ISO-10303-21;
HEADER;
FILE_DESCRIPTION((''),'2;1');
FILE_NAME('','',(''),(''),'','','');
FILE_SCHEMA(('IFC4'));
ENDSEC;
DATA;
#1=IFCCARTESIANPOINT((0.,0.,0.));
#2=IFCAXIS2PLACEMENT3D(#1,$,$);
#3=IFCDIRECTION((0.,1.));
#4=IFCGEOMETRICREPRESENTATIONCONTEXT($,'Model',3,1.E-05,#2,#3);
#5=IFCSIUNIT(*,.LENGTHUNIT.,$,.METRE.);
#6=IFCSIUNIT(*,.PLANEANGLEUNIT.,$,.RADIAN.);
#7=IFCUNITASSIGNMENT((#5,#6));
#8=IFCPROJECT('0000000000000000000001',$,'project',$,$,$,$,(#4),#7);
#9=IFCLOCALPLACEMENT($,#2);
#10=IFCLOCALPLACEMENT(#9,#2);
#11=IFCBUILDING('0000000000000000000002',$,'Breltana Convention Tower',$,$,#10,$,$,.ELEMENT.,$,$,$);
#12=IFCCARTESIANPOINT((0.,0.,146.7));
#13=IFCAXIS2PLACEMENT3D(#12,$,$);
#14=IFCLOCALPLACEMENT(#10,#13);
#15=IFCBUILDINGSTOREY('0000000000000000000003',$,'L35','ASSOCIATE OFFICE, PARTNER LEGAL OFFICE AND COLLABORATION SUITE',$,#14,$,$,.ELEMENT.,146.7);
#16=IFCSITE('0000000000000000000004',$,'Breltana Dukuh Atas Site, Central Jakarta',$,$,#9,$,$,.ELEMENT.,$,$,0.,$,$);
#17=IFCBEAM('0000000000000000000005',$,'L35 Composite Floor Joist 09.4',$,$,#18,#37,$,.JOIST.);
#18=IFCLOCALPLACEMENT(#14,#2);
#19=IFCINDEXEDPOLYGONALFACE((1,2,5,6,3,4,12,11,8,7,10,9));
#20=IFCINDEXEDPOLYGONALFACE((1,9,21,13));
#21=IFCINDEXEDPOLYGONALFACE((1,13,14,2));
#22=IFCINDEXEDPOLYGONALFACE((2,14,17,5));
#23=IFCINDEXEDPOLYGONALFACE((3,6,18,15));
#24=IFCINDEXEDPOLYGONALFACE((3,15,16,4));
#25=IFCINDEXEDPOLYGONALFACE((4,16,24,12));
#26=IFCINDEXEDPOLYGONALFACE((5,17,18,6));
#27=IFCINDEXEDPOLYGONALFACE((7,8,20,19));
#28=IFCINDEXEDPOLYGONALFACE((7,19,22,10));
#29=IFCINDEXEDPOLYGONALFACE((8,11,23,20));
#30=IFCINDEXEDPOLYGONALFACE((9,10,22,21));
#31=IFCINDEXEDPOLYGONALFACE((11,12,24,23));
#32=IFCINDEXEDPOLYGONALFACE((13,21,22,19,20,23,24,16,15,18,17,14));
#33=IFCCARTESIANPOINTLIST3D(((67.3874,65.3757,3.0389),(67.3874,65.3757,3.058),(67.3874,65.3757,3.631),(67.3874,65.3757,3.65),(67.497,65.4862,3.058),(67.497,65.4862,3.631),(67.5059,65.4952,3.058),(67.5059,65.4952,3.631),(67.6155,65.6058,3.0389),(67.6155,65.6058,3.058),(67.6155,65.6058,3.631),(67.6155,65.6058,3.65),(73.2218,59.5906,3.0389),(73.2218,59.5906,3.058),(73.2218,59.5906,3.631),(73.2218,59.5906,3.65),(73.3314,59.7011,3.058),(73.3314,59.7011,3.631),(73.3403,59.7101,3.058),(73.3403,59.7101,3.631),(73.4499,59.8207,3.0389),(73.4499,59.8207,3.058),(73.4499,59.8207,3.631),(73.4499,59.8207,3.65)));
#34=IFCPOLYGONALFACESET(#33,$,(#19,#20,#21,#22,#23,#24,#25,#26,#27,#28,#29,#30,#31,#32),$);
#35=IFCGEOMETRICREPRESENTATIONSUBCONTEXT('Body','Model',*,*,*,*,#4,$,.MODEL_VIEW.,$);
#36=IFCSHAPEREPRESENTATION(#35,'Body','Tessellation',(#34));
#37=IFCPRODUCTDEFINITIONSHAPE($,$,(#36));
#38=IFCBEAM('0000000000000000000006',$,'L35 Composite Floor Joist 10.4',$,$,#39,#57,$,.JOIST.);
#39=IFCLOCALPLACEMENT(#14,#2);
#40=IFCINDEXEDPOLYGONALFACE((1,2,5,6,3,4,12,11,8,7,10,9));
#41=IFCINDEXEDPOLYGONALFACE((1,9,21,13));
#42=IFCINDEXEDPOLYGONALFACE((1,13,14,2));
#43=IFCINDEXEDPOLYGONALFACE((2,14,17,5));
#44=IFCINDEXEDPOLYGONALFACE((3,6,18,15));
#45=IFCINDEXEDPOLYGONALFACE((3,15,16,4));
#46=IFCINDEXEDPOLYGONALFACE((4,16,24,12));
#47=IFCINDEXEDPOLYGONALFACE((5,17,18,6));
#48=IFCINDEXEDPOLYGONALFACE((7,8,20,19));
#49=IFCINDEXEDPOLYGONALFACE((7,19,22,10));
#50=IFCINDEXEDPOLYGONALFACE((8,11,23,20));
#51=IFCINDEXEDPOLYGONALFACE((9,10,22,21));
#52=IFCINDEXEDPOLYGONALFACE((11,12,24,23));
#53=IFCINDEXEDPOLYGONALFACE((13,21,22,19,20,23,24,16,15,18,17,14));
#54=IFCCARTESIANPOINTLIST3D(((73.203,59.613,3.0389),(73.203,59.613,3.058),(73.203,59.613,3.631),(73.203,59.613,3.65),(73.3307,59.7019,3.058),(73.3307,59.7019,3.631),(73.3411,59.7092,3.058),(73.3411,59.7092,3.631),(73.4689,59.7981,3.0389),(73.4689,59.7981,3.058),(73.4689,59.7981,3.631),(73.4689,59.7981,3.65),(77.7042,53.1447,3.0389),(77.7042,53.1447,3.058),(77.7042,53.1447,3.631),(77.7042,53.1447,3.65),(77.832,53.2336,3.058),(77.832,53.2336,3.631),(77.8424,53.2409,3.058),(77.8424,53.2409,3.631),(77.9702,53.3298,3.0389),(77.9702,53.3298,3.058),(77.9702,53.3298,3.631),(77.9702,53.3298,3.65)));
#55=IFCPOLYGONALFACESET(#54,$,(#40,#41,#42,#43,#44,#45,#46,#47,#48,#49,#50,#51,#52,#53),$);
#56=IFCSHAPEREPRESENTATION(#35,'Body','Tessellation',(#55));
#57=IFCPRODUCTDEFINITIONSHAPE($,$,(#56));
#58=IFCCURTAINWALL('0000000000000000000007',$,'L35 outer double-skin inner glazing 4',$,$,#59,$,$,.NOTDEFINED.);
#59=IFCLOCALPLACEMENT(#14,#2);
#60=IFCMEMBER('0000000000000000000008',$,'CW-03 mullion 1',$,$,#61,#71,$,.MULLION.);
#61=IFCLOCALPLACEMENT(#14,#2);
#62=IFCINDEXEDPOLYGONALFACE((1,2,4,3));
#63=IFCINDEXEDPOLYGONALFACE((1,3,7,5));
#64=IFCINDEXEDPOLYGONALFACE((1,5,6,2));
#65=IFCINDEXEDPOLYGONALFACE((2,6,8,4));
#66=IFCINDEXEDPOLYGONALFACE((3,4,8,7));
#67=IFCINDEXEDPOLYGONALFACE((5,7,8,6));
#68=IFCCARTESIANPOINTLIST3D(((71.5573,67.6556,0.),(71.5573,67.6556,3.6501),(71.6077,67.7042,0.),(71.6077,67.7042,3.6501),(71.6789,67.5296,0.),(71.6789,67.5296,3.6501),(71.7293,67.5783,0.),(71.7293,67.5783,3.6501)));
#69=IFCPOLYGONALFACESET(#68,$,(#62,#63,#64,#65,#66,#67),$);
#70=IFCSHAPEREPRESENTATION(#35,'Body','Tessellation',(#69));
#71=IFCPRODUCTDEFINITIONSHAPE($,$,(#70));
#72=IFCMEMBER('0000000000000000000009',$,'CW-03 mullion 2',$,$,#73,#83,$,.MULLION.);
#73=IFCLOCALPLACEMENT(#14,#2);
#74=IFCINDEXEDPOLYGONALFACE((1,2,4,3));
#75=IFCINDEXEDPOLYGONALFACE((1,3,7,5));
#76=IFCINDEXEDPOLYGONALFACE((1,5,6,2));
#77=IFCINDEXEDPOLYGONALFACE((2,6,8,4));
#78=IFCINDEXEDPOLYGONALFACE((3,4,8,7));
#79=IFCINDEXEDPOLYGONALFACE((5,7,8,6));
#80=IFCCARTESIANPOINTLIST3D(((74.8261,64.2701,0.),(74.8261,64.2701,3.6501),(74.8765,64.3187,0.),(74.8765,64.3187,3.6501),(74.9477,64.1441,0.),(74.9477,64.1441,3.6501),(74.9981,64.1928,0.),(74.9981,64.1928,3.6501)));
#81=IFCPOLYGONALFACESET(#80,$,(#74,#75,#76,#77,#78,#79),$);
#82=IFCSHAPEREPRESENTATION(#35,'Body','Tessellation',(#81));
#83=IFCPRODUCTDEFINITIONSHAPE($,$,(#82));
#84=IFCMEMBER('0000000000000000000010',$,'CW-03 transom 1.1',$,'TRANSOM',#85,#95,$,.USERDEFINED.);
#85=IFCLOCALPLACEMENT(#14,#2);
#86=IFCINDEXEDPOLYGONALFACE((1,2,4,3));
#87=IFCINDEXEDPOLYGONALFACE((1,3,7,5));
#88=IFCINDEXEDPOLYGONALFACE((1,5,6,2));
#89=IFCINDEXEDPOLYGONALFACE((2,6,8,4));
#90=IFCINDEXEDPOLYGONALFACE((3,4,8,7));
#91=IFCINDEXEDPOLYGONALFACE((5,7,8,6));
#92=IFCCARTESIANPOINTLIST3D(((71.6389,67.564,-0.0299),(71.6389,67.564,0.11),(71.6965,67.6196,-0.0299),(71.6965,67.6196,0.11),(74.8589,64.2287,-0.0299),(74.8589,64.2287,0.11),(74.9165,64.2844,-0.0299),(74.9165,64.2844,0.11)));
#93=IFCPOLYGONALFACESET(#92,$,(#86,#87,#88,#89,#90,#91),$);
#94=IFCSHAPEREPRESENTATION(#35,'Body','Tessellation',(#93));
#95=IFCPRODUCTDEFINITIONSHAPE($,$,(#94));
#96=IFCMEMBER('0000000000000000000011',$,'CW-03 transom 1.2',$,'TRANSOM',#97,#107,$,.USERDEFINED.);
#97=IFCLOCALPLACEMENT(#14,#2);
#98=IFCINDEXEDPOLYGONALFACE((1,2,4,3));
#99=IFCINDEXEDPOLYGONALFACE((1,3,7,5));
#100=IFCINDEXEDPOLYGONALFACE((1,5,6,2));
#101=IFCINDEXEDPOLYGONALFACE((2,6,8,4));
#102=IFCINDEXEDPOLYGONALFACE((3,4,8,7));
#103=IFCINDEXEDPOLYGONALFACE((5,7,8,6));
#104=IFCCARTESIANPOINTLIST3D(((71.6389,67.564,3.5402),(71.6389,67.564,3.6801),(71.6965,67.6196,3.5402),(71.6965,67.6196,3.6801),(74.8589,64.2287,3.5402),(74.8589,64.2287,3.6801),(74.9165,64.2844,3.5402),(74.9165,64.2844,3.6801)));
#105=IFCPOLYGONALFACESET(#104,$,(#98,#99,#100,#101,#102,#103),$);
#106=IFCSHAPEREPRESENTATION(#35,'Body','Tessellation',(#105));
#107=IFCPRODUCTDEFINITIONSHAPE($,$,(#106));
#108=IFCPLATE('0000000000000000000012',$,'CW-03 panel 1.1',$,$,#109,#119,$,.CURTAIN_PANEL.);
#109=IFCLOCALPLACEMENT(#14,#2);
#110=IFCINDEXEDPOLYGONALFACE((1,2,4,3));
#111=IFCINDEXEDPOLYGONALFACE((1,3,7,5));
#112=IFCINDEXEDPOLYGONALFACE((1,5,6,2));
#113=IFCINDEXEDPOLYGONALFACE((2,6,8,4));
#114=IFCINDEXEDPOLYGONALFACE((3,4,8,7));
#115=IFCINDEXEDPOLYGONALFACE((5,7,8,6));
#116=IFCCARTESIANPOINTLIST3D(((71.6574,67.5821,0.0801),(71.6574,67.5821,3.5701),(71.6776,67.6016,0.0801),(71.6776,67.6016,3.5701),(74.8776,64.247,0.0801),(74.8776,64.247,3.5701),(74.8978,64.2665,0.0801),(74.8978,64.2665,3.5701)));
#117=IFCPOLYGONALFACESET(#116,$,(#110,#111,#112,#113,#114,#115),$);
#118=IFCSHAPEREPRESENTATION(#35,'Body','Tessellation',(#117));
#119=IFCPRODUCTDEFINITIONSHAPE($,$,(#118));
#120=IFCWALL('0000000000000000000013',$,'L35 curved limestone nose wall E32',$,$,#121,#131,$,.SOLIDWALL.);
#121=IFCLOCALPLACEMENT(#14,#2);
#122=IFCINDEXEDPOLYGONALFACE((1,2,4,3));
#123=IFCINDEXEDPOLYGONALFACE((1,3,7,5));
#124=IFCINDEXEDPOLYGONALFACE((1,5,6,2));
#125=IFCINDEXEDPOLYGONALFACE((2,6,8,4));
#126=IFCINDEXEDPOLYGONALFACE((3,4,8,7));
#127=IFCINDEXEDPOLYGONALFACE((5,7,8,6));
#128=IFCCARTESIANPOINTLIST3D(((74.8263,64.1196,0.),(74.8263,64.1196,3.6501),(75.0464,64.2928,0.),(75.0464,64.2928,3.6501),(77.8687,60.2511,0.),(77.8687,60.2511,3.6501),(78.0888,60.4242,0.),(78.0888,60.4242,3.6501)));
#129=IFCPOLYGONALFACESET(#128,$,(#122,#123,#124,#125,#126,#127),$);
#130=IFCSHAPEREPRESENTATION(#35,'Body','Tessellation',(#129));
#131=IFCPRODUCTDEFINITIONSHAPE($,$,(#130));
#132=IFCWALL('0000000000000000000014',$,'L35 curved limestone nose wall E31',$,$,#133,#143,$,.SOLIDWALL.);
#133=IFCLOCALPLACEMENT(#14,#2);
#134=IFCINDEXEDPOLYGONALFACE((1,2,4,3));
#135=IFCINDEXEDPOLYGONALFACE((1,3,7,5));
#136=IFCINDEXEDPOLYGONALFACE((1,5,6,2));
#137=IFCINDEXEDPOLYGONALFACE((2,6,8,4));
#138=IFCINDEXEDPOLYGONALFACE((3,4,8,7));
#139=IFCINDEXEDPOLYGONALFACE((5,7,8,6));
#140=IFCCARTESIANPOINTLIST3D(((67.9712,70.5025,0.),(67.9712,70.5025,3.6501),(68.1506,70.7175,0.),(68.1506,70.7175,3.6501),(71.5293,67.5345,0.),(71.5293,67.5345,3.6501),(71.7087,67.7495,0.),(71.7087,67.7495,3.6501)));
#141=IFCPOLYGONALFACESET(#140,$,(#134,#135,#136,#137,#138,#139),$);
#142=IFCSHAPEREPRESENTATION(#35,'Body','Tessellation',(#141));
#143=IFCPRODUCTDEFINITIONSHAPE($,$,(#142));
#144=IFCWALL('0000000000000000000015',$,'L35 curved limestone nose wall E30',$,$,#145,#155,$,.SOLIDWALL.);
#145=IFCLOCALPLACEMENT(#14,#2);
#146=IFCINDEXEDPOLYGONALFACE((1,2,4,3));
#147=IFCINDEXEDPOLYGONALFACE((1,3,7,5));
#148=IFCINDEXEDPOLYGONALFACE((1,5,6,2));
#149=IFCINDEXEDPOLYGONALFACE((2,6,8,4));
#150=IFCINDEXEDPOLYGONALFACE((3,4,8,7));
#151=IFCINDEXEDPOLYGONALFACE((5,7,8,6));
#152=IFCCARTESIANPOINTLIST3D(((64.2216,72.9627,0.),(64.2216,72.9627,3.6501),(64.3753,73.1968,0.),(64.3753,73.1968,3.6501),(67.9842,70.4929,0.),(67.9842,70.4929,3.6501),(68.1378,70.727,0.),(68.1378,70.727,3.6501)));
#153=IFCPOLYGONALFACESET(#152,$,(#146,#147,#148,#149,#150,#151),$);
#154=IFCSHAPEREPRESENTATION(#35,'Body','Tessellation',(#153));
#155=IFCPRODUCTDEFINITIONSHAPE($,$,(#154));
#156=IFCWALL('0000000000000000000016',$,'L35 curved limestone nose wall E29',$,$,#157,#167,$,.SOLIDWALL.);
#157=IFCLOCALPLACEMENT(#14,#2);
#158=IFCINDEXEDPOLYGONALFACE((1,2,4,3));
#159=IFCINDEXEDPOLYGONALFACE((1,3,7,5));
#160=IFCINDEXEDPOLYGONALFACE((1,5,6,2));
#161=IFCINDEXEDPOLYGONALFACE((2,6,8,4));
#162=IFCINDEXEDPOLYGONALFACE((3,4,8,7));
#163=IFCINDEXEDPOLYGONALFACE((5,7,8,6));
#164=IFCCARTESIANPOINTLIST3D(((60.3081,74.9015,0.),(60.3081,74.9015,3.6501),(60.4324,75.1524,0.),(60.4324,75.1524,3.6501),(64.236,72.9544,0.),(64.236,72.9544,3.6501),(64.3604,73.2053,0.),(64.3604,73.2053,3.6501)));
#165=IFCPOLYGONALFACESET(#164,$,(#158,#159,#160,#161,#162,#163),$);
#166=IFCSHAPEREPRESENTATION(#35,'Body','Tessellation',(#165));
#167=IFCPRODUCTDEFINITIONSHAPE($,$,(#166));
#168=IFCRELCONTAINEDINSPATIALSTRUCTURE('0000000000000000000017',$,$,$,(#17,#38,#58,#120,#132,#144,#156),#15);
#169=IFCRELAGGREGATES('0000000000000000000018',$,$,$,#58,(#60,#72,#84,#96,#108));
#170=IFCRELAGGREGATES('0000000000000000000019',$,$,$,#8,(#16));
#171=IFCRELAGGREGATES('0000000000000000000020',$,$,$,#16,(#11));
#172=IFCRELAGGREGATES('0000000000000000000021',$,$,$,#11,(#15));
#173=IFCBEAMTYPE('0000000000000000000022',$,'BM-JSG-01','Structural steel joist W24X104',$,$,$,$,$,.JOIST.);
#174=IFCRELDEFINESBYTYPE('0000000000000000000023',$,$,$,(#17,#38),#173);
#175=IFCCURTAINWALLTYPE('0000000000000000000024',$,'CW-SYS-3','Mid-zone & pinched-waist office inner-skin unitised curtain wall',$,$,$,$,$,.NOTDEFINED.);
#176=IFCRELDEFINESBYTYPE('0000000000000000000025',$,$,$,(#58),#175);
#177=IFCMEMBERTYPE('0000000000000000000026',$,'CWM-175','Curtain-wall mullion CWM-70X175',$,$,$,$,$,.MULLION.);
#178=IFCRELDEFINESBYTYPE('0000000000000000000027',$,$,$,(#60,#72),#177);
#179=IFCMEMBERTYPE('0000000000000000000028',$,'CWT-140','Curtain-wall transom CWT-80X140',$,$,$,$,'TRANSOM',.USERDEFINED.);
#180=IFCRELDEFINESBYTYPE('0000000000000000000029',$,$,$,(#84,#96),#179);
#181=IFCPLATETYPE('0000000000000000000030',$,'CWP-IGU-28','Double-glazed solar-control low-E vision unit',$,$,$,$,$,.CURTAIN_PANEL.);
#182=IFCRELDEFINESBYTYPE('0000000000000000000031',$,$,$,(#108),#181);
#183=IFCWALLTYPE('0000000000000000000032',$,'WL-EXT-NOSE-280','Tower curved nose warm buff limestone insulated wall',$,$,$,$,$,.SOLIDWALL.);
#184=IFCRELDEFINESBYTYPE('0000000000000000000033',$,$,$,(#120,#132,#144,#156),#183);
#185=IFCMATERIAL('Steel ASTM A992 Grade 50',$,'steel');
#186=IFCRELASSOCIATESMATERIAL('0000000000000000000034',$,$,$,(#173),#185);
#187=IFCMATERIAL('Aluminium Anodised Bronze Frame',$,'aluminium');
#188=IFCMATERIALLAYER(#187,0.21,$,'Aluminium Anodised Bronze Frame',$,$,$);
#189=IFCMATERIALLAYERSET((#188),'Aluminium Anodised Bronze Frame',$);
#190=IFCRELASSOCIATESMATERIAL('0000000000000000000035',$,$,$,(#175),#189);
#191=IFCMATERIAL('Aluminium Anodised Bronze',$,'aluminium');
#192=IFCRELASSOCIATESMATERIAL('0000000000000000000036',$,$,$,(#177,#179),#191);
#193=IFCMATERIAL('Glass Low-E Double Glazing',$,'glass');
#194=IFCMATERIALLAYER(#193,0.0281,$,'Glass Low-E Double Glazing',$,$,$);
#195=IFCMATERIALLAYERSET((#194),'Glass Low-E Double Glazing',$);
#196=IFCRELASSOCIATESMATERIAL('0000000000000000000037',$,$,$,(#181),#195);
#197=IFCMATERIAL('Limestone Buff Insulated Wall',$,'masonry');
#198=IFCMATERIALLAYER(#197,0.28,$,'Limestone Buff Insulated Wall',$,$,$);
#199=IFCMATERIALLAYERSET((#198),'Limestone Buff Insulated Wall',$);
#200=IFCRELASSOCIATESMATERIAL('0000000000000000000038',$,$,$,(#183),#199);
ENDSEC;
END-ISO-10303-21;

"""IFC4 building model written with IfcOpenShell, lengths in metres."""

from ifc_helpers import new_model, si_unit, direction, frame, frame_2d, origin, origin_2d, place, context, subcontext, project, spatial, rectangle, i_section, extrude, source, transform, mapped, material, layer, layer_set, material_profile, profile_set, type_object, element, aggregate, save


model = new_model("IFC4")

# Units and contexts
model_context = context("Model", 3, precision=1e-05, world=origin(), true_north=direction((0.0, 1.0)))
body_context = subcontext(model_context, "Body", "Model", "MODEL_VIEW")
ifc_project = project(units=[si_unit("LENGTHUNIT", "METRE"), si_unit("PLANEANGLEUNIT", "RADIAN")], contexts=[model_context])

# Site, building, storey
site_placement = place(None, origin())
site = spatial("IfcSite", under=ifc_project, at=site_placement, Name="Breltana Dukuh Atas Site, Central Jakarta", CompositionType="ELEMENT", RefElevation=0.0)
building_placement = place(site_placement, origin())
building = spatial("IfcBuilding", under=site, at=building_placement, Name="Breltana Convention Tower", CompositionType="ELEMENT")
storey_placement = place(building_placement, frame((0.0, 0.0, 146.7)))
storey = spatial("IfcBuildingStorey", under=building, at=storey_placement, Name="L35", Description="ASSOCIATE OFFICE, PARTNER LEGAL OFFICE AND COLLABORATION SUITE", CompositionType="ELEMENT", Elevation=146.7)

# Beams
ifc_material_1 = material(Name="Steel ASTM A992 Grade 50", Category="steel")
ifc_material_profile_1 = material_profile(ifc_material_1, i_section(OverallWidth=0.324, OverallDepth=0.6111, WebThickness=0.0127, FlangeThickness=0.019, at=origin_2d()), Name="W24X104")
ifc_profile_set_1 = profile_set([ifc_material_profile_1], Name="Steel ASTM A992 Grade 50")
beam_type_1 = type_object("IfcBeamType", Name="BM-JSG-01", Description="Structural steel joist W24X104", PredefinedType="JOIST", material=ifc_profile_set_1)
shared_shape_1 = source(origin(), body_context, "Body", "SweptSolid", [
    extrude(i_section(OverallWidth=0.324, OverallDepth=0.6111, WebThickness=0.0127, FlangeThickness=0.019, at=origin_2d()), origin(), (0.0, 0.0, 1.0), 8.2163),
])
beam_1_placement = place(storey_placement, frame((67.5015, 65.4907, 3.3445), z_axis=(0.710102, -0.704099, 0.0), x_axis=(0.704099, 0.710102, 0.0)))
element("IfcBeam", 1, at=beam_1_placement, inside=storey, type_object=beam_type_1, Name="L35 Composite Floor Joist 09.4", PredefinedType="JOIST", context=body_context, shape_type="MappedRepresentation", body=[
    mapped(shared_shape_1, transform((0.0, 0.0, 0.0), scale=1.0)),
])
shared_shape_2 = source(origin(), body_context, "Body", "SweptSolid", [
    extrude(i_section(OverallWidth=0.324, OverallDepth=0.6111, WebThickness=0.0127, FlangeThickness=0.019, at=origin_2d()), origin(), (0.0, 0.0, 1.0), 7.8804),
])
beam_2_placement = place(storey_placement, frame((73.3359, 59.7056, 3.3445), z_axis=(0.571198, -0.820812, 0.0), x_axis=(0.820812, 0.571198, 0.0)))
element("IfcBeam", 2, at=beam_2_placement, inside=storey, type_object=beam_type_1, Name="L35 Composite Floor Joist 10.4", PredefinedType="JOIST", context=body_context, shape_type="MappedRepresentation", body=[
    mapped(shared_shape_2, transform((0.0, 0.0, 0.0), scale=1.0)),
])

# Curtain wall, members, plate
ifc_material_2 = material(Name="Aluminium Anodised Bronze Frame", Category="aluminium")
ifc_layer_1 = layer(ifc_material_2, 0.21, Name="Aluminium Anodised Bronze Frame")
ifc_layer_set_1 = layer_set([ifc_layer_1], Name="Aluminium Anodised Bronze Frame")
curtain_wall_type = type_object("IfcCurtainWallType", Name="CW-SYS-3", Description="Mid-zone & pinched-waist office inner-skin unitised curtain wall", PredefinedType="NOTDEFINED", material=ifc_layer_set_1)
curtain_wall_placement = place(storey_placement, origin())
curtain_wall = element("IfcCurtainWall", 3, at=curtain_wall_placement, inside=storey, type_object=curtain_wall_type, Name="L35 outer double-skin inner glazing 4", PredefinedType="NOTDEFINED")
ifc_material_3 = material(Name="Aluminium Anodised Bronze", Category="aluminium")
ifc_material_profile_2 = material_profile(ifc_material_3, rectangle(XDim=0.0701, YDim=0.175, at=origin_2d()), Name="CWM-70X175")
ifc_profile_set_2 = profile_set([ifc_material_profile_2], Name="Aluminium Anodised Bronze")
member_type_1 = type_object("IfcMemberType", Name="CWM-175", Description="Curtain-wall mullion CWM-70X175", PredefinedType="MULLION", material=ifc_profile_set_2)
shared_shape_3 = source(origin(), body_context, "Body", "SweptSolid", [
    extrude(rectangle(XDim=0.0701, YDim=0.175, at=origin_2d()), origin(), (0.0, 0.0, 1.0), 3.6501),
])
member_1_placement = place(storey_placement, frame((71.6433, 67.6169, 0.0), z_axis=(0.0, 0.0, 1.0), x_axis=(0.719394, 0.694603, 0.0)))
member_1 = element("IfcMember", 4, at=member_1_placement, type_object=member_type_1, Name="CW-03 mullion 1", PredefinedType="MULLION", context=body_context, shape_type="MappedRepresentation", body=[
    mapped(shared_shape_3, transform((0.0, 0.0, 0.0), scale=1.0)),
])
member_2_placement = place(storey_placement, frame((74.9121, 64.2314, 0.0), z_axis=(0.0, 0.0, 1.0), x_axis=(0.719394, 0.694603, 0.0)))
member_2 = element("IfcMember", 5, at=member_2_placement, type_object=member_type_1, Name="CW-03 mullion 2", PredefinedType="MULLION", context=body_context, shape_type="MappedRepresentation", body=[
    mapped(shared_shape_3, transform((0.0, 0.0, 0.0), scale=1.0)),
])
ifc_material_profile_3 = material_profile(ifc_material_3, rectangle(XDim=0.0801, YDim=0.1399, at=origin_2d()), Name="CWT-80X140")
ifc_profile_set_3 = profile_set([ifc_material_profile_3], Name="Aluminium Anodised Bronze")
member_type_2 = type_object("IfcMemberType", Name="CWT-140", Description="Curtain-wall transom CWT-80X140", ElementType="TRANSOM", PredefinedType="USERDEFINED", material=ifc_profile_set_3)
shared_shape_4 = source(origin(), body_context, "Body", "SweptSolid", [
    extrude(rectangle(XDim=0.0801, YDim=0.1399, at=origin_2d()), origin(), (0.0, 0.0, 1.0), 4.636),
])
member_3_placement = place(storey_placement, frame((71.6677, 67.5918, 0.04), z_axis=(0.694569, -0.719426, 0.0), x_axis=(0.719426, 0.694569, 0.0)))
member_3 = element("IfcMember", 6, at=member_3_placement, type_object=member_type_2, Name="CW-03 transom 1.1", ObjectType="TRANSOM", PredefinedType="USERDEFINED", context=body_context, shape_type="MappedRepresentation", body=[
    mapped(shared_shape_4, transform((0.0, 0.0, 0.0), scale=1.0)),
])
member_4_placement = place(storey_placement, frame((71.6677, 67.5918, 3.6101), z_axis=(0.694569, -0.719426, 0.0), x_axis=(0.719426, 0.694569, 0.0)))
member_4 = element("IfcMember", 7, at=member_4_placement, type_object=member_type_2, Name="CW-03 transom 1.2", ObjectType="TRANSOM", PredefinedType="USERDEFINED", context=body_context, shape_type="MappedRepresentation", body=[
    mapped(shared_shape_4, transform((0.0, 0.0, 0.0), scale=1.0)),
])
ifc_material_4 = material(Name="Glass Low-E Double Glazing", Category="glass")
ifc_layer_2 = layer(ifc_material_4, 0.0281, Name="Glass Low-E Double Glazing")
ifc_layer_set_2 = layer_set([ifc_layer_2], Name="Glass Low-E Double Glazing")
plate_type = type_object("IfcPlateType", Name="CWP-IGU-28", Description="Double-glazed solar-control low-E vision unit", PredefinedType="CURTAIN_PANEL", material=ifc_layer_set_2)
shared_shape_5 = source(origin(), body_context, "Body", "SweptSolid", [
    extrude(rectangle(XDim=4.636, YDim=0.0281, at=origin_2d()), origin(), (0.0, 0.0, 1.0), 3.49),
])
plate_placement = place(storey_placement, frame((73.2776, 65.9243, 0.0801), z_axis=(0.0, 0.0, 1.0), x_axis=(0.694603, -0.719394, 0.0)))
plate = element("IfcPlate", 8, at=plate_placement, type_object=plate_type, Name="CW-03 panel 1.1", PredefinedType="CURTAIN_PANEL", context=body_context, shape_type="MappedRepresentation", body=[
    mapped(shared_shape_5, transform((0.0, 0.0, 0.0), scale=1.0)),
])
aggregate(curtain_wall, [member_1, member_2, member_3, member_4, plate])

# Walls
ifc_material_5 = material(Name="Limestone Buff Insulated Wall", Category="masonry")
ifc_layer_3 = layer(ifc_material_5, 0.28, Name="Limestone Buff Insulated Wall")
ifc_layer_set_3 = layer_set([ifc_layer_3], Name="Limestone Buff Insulated Wall")
wall_type_1 = type_object("IfcWallType", Name="WL-EXT-NOSE-280", Description="Tower curved nose warm buff limestone insulated wall", PredefinedType="SOLIDWALL", material=ifc_layer_set_3)
shared_shape_6 = source(origin(), body_context, "Body", "SweptSolid", [
    extrude(rectangle(XDim=4.9216, YDim=0.28, at=frame_2d((2.4609, 0.0))), origin(), (0.0, 0.0, 1.0), 3.6501),
])
wall_1_placement = place(storey_placement, frame((74.9363, 64.2063, 0.0), z_axis=(0.0, 0.0, 1.0), x_axis=(0.618176, -0.786039, 0.0)))
element("IfcWall", 9, at=wall_1_placement, inside=storey, type_object=wall_type_1, Name="L35 curved limestone nose wall E32", PredefinedType="SOLIDWALL", context=body_context, shape_type="MappedRepresentation", body=[
    mapped(shared_shape_6, transform((0.0, 0.0, 0.0), scale=1.0)),
])
shared_shape_7 = source(origin(), body_context, "Body", "SweptSolid", [
    extrude(rectangle(XDim=4.6335, YDim=0.28, at=frame_2d((2.3169, 0.0))), origin(), (0.0, 0.0, 1.0), 3.6501),
])
wall_2_placement = place(storey_placement, frame((68.0608, 70.6101, 0.0), z_axis=(0.0, 0.0, 1.0), x_axis=(0.76791, -0.640557, 0.0)))
element("IfcWall", 10, at=wall_2_placement, inside=storey, type_object=wall_type_1, Name="L35 curved limestone nose wall E31", PredefinedType="SOLIDWALL", context=body_context, shape_type="MappedRepresentation", body=[
    mapped(shared_shape_7, transform((0.0, 0.0, 0.0), scale=1.0)),
])
shared_shape_8 = source(origin(), body_context, "Body", "SweptSolid", [
    extrude(rectangle(XDim=4.5007, YDim=0.28, at=frame_2d((2.2505, 0.0))), origin(), (0.0, 0.0, 1.0), 3.6501),
])
wall_3_placement = place(storey_placement, frame((64.2983, 73.0798, 0.0), z_axis=(0.0, 0.0, 1.0), x_axis=(0.835985, -0.548752, 0.0)))
element("IfcWall", 11, at=wall_3_placement, inside=storey, type_object=wall_type_1, Name="L35 curved limestone nose wall E30", PredefinedType="SOLIDWALL", context=body_context, shape_type="MappedRepresentation", body=[
    mapped(shared_shape_8, transform((0.0, 0.0, 0.0), scale=1.0)),
])
shared_shape_9 = source(origin(), body_context, "Body", "SweptSolid", [
    extrude(rectangle(XDim=4.384, YDim=0.28, at=frame_2d((2.1919, 0.0))), origin(), (0.0, 0.0, 1.0), 3.6501),
])
wall_4_placement = place(storey_placement, frame((60.3704, 75.0269, 0.0), z_axis=(0.0, 0.0, 1.0), x_axis=(0.89597, -0.444115, 0.0)))
element("IfcWall", 12, at=wall_4_placement, inside=storey, type_object=wall_type_1, Name="L35 curved limestone nose wall E29", PredefinedType="SOLIDWALL", context=body_context, shape_type="MappedRepresentation", body=[
    mapped(shared_shape_9, transform((0.0, 0.0, 0.0), scale=1.0)),
])

save(model, "model.ifc")
